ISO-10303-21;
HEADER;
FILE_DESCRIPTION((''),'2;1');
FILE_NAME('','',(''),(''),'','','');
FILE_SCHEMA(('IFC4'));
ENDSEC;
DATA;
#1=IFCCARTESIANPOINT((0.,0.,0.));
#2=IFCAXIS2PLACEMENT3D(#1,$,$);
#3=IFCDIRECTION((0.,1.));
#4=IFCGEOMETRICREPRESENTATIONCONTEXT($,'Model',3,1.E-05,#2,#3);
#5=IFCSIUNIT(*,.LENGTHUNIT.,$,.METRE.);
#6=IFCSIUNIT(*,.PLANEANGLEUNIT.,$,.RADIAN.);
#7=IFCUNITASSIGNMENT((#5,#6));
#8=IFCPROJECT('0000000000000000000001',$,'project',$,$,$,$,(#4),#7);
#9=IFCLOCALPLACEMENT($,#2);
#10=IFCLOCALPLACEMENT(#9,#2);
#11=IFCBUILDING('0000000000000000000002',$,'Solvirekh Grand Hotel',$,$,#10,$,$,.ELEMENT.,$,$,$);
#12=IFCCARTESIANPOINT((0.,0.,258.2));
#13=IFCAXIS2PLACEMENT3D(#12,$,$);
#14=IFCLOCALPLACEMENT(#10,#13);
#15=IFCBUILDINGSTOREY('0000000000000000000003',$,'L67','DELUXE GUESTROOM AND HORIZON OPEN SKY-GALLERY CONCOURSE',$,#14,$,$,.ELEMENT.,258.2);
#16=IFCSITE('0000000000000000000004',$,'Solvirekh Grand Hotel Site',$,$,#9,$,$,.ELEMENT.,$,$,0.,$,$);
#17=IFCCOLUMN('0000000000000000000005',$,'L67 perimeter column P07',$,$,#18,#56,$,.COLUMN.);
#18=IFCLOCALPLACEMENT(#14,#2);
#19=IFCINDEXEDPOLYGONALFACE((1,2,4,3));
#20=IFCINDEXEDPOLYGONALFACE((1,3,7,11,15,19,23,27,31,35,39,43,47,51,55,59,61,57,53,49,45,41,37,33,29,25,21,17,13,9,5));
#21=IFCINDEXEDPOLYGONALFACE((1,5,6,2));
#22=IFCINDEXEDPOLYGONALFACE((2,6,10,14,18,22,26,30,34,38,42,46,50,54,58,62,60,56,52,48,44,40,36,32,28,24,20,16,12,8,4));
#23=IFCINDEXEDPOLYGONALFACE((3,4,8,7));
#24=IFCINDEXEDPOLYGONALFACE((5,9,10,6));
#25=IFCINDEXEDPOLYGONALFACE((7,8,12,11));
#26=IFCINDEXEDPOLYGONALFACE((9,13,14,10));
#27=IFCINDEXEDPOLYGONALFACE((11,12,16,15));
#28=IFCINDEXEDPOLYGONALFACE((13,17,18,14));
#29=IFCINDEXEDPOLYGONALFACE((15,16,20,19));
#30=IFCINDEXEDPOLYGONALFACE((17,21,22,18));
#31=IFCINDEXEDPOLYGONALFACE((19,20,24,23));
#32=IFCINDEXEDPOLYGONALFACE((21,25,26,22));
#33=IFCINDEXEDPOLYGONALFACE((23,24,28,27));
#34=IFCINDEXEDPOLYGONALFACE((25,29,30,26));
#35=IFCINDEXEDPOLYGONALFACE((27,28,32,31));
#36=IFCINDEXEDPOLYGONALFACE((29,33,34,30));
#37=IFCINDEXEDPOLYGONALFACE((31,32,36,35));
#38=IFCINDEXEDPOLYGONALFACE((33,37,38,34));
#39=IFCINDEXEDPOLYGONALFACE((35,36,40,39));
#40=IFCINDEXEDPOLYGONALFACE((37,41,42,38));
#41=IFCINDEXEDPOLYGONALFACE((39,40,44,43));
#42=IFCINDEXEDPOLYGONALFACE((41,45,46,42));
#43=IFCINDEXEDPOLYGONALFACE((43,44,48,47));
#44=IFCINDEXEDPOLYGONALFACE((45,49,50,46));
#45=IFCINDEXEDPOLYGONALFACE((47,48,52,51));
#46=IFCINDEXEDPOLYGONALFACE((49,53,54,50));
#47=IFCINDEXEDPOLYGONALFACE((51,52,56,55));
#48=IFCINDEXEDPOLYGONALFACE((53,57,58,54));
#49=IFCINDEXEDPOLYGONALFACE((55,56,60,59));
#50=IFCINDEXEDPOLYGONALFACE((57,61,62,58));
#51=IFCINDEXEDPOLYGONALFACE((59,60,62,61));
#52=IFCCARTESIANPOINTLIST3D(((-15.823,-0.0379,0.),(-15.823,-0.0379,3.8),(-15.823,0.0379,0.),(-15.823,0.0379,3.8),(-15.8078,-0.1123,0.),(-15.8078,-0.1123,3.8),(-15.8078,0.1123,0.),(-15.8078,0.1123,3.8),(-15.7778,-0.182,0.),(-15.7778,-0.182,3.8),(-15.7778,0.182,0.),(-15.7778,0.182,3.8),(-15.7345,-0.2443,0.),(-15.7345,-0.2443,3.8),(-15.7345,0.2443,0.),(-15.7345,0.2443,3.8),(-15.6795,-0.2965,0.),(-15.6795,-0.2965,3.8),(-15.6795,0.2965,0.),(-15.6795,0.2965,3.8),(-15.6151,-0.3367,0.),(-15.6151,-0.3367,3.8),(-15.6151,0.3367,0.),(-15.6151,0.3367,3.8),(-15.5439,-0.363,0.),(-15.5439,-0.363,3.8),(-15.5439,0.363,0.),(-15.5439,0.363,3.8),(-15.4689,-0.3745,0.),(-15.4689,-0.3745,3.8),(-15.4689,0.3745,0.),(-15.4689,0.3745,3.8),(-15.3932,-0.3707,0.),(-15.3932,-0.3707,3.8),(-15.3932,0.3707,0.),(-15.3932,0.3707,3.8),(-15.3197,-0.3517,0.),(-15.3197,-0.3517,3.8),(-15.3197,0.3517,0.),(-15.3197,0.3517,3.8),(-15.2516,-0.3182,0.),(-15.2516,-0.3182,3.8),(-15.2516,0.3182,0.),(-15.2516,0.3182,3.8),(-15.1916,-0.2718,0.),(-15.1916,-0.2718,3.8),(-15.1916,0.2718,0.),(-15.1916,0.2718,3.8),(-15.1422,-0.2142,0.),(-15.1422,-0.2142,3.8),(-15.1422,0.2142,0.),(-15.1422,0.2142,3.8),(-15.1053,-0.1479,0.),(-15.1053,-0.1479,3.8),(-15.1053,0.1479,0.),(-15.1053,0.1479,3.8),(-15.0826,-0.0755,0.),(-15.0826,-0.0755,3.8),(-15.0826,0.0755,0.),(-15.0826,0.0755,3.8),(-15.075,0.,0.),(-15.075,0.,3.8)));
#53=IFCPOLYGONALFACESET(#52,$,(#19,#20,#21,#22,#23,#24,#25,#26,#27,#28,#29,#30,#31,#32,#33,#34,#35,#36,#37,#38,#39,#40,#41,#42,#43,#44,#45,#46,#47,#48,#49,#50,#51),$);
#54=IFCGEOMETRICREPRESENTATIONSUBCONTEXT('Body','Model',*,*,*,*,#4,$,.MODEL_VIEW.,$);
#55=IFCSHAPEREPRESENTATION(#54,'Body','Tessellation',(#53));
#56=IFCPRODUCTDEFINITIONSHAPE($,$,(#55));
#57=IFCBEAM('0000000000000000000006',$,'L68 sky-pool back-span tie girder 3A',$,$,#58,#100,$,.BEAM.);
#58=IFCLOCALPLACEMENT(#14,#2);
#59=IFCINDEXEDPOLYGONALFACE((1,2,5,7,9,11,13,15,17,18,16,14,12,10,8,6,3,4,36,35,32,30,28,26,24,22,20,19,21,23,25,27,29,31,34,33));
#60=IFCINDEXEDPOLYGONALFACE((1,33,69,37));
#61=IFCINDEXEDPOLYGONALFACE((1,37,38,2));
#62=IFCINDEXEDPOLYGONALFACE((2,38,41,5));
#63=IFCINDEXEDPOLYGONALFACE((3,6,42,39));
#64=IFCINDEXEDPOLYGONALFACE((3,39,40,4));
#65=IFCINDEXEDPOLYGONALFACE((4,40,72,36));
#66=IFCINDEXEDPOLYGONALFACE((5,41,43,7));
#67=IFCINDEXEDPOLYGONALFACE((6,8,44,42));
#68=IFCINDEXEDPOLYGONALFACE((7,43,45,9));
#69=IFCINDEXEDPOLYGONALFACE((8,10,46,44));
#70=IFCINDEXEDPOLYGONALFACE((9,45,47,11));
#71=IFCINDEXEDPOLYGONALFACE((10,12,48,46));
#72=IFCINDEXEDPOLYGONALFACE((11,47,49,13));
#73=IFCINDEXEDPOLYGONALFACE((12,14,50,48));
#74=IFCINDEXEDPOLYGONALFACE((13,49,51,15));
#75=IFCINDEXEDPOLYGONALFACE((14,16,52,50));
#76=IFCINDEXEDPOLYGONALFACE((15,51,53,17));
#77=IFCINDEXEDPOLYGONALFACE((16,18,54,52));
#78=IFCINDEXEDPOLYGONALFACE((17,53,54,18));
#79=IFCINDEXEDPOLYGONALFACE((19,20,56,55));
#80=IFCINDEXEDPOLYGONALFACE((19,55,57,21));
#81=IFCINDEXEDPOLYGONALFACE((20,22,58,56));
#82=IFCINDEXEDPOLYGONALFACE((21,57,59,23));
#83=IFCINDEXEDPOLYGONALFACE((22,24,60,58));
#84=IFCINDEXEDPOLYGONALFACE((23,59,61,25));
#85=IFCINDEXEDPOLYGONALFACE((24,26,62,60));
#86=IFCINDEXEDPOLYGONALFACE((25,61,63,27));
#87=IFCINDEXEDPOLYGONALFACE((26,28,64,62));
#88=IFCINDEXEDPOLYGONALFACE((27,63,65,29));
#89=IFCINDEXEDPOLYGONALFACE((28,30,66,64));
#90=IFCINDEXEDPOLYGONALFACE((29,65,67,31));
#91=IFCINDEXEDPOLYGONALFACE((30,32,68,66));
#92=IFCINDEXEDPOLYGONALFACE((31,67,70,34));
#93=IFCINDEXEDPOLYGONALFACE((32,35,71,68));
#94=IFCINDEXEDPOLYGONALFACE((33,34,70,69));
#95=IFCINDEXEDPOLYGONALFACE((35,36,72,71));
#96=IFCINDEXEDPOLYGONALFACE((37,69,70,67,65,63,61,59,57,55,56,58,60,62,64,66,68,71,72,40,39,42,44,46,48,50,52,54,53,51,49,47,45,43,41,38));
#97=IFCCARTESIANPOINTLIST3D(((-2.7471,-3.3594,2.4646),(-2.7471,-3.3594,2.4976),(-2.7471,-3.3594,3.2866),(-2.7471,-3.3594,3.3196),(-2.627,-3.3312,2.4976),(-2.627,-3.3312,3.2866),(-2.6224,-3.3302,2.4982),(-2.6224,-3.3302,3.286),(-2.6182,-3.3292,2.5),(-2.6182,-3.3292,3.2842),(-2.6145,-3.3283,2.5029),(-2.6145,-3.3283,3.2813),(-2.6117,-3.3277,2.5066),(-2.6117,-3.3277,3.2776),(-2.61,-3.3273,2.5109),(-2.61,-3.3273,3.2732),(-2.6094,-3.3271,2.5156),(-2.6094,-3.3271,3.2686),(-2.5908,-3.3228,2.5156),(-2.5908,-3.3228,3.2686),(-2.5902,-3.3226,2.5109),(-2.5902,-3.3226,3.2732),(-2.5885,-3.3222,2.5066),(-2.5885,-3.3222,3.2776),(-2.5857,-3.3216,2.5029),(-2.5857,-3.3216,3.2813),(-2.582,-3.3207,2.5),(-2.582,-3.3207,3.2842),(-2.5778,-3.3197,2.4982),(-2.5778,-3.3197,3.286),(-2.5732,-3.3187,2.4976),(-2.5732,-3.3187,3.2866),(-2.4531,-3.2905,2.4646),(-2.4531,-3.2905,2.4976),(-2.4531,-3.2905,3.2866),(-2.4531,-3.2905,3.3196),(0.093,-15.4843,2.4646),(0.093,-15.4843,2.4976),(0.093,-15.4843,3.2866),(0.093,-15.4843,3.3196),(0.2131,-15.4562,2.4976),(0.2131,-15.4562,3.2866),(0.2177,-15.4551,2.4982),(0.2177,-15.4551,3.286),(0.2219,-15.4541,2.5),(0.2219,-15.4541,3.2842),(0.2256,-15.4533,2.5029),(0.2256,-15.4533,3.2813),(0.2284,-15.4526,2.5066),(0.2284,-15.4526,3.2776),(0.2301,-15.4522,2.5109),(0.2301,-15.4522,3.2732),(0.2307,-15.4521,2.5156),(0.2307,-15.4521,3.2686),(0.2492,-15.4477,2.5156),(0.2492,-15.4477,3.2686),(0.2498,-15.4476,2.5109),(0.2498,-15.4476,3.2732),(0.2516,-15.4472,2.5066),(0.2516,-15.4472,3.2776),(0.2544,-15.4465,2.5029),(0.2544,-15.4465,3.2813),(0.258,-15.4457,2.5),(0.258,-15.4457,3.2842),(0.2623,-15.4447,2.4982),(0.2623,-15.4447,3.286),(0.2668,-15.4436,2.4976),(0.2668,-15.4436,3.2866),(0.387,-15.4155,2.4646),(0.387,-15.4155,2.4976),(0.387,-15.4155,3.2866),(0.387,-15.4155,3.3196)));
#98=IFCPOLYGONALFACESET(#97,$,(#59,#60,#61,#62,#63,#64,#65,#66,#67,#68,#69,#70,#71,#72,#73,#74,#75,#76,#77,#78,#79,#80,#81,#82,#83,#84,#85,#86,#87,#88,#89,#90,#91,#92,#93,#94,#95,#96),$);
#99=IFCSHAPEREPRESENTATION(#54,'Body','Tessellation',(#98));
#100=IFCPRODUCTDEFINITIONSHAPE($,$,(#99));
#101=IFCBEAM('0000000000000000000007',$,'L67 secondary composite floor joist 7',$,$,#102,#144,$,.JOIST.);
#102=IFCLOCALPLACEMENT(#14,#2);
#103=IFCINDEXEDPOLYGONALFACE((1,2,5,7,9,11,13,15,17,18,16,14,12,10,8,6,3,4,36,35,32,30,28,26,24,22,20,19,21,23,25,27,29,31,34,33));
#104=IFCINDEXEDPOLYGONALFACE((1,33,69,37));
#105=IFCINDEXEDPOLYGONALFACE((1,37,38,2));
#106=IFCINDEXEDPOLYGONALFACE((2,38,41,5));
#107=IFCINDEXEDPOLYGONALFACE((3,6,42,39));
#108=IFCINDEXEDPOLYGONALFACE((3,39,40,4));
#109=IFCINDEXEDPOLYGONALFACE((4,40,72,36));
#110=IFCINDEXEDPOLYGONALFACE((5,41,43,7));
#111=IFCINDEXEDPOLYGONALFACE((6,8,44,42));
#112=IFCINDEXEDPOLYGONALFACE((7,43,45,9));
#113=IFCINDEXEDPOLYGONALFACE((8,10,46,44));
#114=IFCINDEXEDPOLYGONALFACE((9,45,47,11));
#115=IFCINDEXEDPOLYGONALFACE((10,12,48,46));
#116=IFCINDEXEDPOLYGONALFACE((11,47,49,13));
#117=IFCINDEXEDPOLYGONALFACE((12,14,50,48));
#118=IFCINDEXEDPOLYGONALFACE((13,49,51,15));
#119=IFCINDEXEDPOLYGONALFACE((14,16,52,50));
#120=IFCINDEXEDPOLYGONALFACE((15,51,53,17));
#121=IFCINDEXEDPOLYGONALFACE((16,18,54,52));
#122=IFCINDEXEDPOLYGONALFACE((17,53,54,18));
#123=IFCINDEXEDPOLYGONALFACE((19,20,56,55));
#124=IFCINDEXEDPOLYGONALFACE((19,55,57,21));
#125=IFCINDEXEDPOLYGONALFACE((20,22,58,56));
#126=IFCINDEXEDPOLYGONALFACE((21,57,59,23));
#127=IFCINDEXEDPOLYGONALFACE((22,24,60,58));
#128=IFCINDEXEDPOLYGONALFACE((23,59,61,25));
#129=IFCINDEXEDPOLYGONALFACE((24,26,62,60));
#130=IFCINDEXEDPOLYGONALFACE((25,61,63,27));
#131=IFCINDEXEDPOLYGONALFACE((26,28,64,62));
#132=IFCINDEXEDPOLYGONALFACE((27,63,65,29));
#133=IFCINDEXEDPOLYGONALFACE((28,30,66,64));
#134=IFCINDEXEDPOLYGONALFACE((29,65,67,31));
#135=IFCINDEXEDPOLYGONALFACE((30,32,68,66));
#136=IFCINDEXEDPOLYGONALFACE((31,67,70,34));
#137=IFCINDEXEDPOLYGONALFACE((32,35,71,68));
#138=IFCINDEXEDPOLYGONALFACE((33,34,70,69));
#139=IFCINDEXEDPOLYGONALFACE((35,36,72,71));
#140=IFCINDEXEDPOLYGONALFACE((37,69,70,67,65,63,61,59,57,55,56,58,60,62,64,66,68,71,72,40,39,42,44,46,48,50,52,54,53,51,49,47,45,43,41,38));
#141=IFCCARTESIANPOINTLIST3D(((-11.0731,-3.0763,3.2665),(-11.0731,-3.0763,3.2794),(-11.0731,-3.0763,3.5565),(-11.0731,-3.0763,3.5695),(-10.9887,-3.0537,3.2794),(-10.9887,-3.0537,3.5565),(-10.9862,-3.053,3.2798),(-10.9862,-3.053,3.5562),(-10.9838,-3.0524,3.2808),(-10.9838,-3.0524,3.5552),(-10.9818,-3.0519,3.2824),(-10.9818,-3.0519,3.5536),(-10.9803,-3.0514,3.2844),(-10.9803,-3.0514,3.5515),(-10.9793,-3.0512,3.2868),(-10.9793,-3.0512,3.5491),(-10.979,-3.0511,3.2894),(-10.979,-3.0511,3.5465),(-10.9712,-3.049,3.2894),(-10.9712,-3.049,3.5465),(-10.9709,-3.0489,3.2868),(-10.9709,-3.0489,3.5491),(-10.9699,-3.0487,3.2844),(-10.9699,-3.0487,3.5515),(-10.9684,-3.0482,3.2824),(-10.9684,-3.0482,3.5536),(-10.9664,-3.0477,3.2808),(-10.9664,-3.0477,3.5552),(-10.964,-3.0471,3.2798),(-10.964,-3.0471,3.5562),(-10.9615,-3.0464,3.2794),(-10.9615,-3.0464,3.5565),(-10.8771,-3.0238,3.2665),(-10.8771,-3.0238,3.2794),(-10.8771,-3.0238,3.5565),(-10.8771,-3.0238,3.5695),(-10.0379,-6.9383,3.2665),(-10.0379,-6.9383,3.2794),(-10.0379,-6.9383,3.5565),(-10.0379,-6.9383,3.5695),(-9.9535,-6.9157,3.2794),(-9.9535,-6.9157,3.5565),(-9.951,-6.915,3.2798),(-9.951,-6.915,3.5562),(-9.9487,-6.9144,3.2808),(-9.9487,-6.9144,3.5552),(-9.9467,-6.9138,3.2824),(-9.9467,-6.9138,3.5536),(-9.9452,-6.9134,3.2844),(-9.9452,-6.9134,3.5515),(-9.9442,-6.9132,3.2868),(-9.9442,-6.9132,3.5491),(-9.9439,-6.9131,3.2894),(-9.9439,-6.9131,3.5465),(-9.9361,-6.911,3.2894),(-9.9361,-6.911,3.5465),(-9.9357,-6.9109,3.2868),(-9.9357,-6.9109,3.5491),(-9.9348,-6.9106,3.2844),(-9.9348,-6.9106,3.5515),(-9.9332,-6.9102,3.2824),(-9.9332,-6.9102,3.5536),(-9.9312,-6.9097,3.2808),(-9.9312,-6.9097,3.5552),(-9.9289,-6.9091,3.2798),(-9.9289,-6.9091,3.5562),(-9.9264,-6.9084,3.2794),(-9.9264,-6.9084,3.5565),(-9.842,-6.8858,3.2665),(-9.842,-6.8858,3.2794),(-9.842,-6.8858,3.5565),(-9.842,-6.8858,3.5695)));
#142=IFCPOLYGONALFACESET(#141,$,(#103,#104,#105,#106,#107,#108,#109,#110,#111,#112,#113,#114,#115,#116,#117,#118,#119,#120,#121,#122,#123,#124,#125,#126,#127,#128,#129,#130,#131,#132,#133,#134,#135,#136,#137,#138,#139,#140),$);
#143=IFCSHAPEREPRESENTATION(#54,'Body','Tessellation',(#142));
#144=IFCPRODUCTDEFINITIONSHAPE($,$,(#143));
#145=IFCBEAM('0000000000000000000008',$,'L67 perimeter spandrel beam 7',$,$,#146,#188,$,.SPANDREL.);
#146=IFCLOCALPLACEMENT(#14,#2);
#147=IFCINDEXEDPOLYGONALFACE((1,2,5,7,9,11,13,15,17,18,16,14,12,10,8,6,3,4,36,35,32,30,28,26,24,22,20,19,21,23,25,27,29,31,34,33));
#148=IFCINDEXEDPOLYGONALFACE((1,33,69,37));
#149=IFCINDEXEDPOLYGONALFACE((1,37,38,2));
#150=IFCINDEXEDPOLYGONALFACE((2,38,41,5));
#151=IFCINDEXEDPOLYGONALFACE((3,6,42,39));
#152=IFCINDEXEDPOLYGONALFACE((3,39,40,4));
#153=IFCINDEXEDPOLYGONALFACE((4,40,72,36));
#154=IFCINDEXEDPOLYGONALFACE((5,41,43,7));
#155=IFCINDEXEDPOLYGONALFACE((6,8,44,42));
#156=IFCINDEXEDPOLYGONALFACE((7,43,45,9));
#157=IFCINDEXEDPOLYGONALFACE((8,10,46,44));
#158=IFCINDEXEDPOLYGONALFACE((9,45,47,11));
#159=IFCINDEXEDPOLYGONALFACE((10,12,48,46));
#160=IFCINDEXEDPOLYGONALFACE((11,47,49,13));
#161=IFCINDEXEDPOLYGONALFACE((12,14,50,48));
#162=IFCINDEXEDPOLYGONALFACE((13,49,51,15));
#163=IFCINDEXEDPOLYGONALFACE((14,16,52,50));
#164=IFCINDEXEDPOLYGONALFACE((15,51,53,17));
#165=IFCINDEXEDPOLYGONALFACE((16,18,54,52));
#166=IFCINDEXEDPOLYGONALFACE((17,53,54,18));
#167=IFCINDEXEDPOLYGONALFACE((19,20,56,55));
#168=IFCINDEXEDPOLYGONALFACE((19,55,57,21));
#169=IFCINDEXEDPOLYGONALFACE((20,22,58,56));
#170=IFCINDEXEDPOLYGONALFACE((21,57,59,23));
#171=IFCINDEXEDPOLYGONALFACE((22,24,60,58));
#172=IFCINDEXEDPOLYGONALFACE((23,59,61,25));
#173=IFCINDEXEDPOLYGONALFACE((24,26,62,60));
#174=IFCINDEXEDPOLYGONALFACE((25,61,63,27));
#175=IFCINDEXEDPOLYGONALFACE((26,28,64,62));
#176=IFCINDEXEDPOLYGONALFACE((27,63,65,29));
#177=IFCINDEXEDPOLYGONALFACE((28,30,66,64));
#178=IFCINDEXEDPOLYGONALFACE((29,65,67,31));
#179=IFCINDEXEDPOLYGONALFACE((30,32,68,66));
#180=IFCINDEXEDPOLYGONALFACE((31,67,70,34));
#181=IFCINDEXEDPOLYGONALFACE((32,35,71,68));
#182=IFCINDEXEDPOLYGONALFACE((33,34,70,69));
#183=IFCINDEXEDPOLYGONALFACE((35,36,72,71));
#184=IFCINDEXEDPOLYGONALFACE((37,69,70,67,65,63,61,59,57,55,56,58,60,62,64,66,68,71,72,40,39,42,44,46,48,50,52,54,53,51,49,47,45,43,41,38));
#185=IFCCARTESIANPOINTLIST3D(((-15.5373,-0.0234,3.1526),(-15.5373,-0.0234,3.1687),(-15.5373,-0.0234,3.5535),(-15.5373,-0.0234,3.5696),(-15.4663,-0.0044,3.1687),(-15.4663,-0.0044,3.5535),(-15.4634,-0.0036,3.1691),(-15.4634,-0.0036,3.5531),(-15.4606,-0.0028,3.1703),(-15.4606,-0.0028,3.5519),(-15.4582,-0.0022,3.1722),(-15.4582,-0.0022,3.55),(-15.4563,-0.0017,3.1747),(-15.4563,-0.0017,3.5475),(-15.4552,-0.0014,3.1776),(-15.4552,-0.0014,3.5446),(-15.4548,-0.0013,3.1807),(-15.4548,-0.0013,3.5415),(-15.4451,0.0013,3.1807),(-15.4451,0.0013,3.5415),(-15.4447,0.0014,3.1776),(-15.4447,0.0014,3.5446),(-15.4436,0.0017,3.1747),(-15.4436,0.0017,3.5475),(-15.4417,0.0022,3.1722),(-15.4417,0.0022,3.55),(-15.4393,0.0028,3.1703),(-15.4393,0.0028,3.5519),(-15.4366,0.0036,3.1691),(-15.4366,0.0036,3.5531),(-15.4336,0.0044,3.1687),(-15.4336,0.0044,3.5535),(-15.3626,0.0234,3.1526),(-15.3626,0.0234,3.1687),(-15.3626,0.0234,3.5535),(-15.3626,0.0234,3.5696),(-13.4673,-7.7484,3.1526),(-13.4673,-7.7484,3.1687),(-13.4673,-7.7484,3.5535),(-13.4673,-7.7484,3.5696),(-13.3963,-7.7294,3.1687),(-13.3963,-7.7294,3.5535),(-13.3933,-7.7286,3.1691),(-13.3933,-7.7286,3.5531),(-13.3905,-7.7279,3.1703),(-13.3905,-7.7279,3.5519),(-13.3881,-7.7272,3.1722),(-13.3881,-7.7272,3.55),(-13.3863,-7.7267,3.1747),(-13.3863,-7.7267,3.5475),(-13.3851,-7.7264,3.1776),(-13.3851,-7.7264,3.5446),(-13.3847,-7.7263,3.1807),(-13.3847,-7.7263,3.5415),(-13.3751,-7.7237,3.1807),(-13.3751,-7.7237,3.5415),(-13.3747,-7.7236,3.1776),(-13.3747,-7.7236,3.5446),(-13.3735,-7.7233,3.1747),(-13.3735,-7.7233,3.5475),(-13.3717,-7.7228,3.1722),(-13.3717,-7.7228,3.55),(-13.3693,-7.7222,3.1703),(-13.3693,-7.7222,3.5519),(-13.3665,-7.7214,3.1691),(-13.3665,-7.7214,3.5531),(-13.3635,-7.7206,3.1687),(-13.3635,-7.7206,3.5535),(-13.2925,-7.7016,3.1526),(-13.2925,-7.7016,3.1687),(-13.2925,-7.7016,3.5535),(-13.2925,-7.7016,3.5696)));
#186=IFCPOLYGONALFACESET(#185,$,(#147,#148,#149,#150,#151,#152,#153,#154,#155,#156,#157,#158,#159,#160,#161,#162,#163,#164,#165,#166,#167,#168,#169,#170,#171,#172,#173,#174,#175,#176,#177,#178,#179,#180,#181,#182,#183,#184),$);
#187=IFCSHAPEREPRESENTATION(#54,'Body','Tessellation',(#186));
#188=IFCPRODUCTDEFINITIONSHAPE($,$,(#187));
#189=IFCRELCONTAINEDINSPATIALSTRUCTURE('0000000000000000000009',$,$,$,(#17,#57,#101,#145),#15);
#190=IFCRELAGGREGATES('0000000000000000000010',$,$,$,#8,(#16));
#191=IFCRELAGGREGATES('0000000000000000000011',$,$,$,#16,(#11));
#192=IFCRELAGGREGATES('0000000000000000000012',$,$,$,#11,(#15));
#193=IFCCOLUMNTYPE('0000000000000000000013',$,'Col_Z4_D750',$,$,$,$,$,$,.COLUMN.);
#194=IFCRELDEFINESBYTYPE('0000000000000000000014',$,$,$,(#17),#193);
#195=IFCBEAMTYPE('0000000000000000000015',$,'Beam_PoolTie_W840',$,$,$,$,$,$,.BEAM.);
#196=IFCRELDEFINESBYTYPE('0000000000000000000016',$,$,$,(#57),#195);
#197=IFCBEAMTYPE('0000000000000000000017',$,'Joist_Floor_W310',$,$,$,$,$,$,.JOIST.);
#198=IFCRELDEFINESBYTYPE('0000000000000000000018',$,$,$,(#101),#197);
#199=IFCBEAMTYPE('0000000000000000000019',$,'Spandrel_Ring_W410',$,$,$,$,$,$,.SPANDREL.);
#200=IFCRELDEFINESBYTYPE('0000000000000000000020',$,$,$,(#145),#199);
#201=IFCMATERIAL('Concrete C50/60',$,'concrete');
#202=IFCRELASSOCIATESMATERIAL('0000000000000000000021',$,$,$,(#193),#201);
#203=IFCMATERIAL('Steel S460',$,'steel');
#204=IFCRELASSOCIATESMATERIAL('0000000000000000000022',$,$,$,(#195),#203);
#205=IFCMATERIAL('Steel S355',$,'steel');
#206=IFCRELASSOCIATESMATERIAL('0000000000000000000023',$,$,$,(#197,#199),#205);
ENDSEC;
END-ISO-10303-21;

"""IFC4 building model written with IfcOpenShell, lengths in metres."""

from ifc_helpers import new_model, si_unit, direction, frame, origin, origin_2d, place, context, subcontext, project, spatial, circle, i_section, extrude, material, material_profile, profile_set, type_object, element, save


model = new_model("IFC4")

# Units and contexts
model_context = context("Model", 3, precision=1e-05, world=origin(), true_north=direction((0.0, 1.0)))
body_context = subcontext(model_context, "Body", "Model", "MODEL_VIEW")
ifc_project = project(units=[si_unit("LENGTHUNIT", "METRE"), si_unit("PLANEANGLEUNIT", "RADIAN")], contexts=[model_context])

# Site, building, storey
site_placement = place(None, origin())
site = spatial("IfcSite", under=ifc_project, at=site_placement, Name="Solvirekh Grand Hotel Site", CompositionType="ELEMENT", RefElevation=0.0)
building_placement = place(site_placement, origin())
building = spatial("IfcBuilding", under=site, at=building_placement, Name="Solvirekh Grand Hotel", CompositionType="ELEMENT")
storey_placement = place(building_placement, frame((0.0, 0.0, 258.2)))
storey = spatial("IfcBuildingStorey", under=building, at=storey_placement, Name="L67", Description="DELUXE GUESTROOM AND HORIZON OPEN SKY-GALLERY CONCOURSE", CompositionType="ELEMENT", Elevation=258.2)

# Column
ifc_material_1 = material(Name="Concrete C50/60", Category="concrete")
ifc_material_profile_1 = material_profile(ifc_material_1, circle(Radius=0.375, at=origin_2d()), Name="RC CIRC D750")
ifc_profile_set_1 = profile_set([ifc_material_profile_1], Name="Concrete C50/60")
column_type = type_object("IfcColumnType", Name="Col_Z4_D750", PredefinedType="COLUMN", material=ifc_profile_set_1)
column_placement = place(storey_placement, frame((-15.45, 0.0, 0.0), z_axis=(0.0, 0.0, 1.0), x_axis=(1.0, 0.0, 0.0)))
element("IfcColumn", 1, at=column_placement, inside=storey, type_object=column_type, Name="L67 perimeter column P07", PredefinedType="COLUMN", context=body_context, shape_type="SweptSolid", body=[
    extrude(circle(Radius=0.375, at=origin_2d()), origin(), (0.0, 0.0, 1.0), 3.8),
])

# Beams
ifc_material_2 = material(Name="Steel S460", Category="steel")
ifc_material_profile_2 = material_profile(ifc_material_2, i_section(OverallWidth=0.302, OverallDepth=0.855, WebThickness=0.019, FlangeThickness=0.033, FilletRadius=0.0181, at=origin_2d()), Name="W840X299")
ifc_profile_set_2 = profile_set([ifc_material_profile_2], Name="Steel S460")
beam_type_1 = type_object("IfcBeamType", Name="Beam_PoolTie_W840", PredefinedType="BEAM", material=ifc_profile_set_2)
beam_1_placement = place(storey_placement, frame((-2.6001, -3.325, 2.8921), z_axis=(0.228061, -0.973647, 0.0), x_axis=(0.973647, 0.228061, 0.0)))
element("IfcBeam", 2, at=beam_1_placement, inside=storey, type_object=beam_type_1, Name="L68 sky-pool back-span tie girder 3A", PredefinedType="BEAM", context=body_context, shape_type="SweptSolid", body=[
    extrude(i_section(OverallWidth=0.302, OverallDepth=0.855, WebThickness=0.019, FlangeThickness=0.033, FilletRadius=0.0181, at=origin_2d()), origin(), (0.0, 0.0, 1.0), 12.4531),
])
ifc_material_3 = material(Name="Steel S355", Category="steel")
ifc_material_profile_3 = material_profile(ifc_material_3, i_section(OverallWidth=0.2029, OverallDepth=0.303, WebThickness=0.0081, FlangeThickness=0.0129, FilletRadius=0.01, at=origin_2d()), Name="W310X60")
ifc_profile_set_3 = profile_set([ifc_material_profile_3], Name="Steel S355")
beam_type_2 = type_object("IfcBeamType", Name="Joist_Floor_W310", PredefinedType="JOIST", material=ifc_profile_set_3)
beam_2_placement = place(storey_placement, frame((-10.9751, -3.05, 3.418), z_axis=(0.258894, -0.965906, 0.0), x_axis=(0.965906, 0.258894, 0.0)))
element("IfcBeam", 3, at=beam_2_placement, inside=storey, type_object=beam_type_2, Name="L67 secondary composite floor joist 7", PredefinedType="JOIST", context=body_context, shape_type="SweptSolid", body=[
    extrude(i_section(OverallWidth=0.2029, OverallDepth=0.303, WebThickness=0.0081, FlangeThickness=0.0129, FilletRadius=0.01, at=origin_2d()), origin(), (0.0, 0.0, 1.0), 3.9983),
])
ifc_material_profile_4 = material_profile(ifc_material_3, i_section(OverallWidth=0.1809, OverallDepth=0.417, WebThickness=0.01, FlangeThickness=0.0161, FilletRadius=0.012, at=origin_2d()), Name="W410X85")
ifc_profile_set_4 = profile_set([ifc_material_profile_4], Name="Steel S355")
beam_type_3 = type_object("IfcBeamType", Name="Spandrel_Ring_W410", PredefinedType="SPANDREL", material=ifc_profile_set_4)
beam_3_placement = place(storey_placement, frame((-15.45, 0.0, 3.3611), z_axis=(0.258835, -0.965922, 0.0), x_axis=(0.965922, 0.258835, 0.0)))
element("IfcBeam", 4, at=beam_3_placement, inside=storey, type_object=beam_type_3, Name="L67 perimeter spandrel beam 7", PredefinedType="SPANDREL", context=body_context, shape_type="SweptSolid", body=[
    extrude(i_section(OverallWidth=0.1809, OverallDepth=0.417, WebThickness=0.01, FlangeThickness=0.0161, FilletRadius=0.012, at=origin_2d()), origin(), (0.0, 0.0, 1.0), 7.9976),
])

save(model, "model.ifc")
